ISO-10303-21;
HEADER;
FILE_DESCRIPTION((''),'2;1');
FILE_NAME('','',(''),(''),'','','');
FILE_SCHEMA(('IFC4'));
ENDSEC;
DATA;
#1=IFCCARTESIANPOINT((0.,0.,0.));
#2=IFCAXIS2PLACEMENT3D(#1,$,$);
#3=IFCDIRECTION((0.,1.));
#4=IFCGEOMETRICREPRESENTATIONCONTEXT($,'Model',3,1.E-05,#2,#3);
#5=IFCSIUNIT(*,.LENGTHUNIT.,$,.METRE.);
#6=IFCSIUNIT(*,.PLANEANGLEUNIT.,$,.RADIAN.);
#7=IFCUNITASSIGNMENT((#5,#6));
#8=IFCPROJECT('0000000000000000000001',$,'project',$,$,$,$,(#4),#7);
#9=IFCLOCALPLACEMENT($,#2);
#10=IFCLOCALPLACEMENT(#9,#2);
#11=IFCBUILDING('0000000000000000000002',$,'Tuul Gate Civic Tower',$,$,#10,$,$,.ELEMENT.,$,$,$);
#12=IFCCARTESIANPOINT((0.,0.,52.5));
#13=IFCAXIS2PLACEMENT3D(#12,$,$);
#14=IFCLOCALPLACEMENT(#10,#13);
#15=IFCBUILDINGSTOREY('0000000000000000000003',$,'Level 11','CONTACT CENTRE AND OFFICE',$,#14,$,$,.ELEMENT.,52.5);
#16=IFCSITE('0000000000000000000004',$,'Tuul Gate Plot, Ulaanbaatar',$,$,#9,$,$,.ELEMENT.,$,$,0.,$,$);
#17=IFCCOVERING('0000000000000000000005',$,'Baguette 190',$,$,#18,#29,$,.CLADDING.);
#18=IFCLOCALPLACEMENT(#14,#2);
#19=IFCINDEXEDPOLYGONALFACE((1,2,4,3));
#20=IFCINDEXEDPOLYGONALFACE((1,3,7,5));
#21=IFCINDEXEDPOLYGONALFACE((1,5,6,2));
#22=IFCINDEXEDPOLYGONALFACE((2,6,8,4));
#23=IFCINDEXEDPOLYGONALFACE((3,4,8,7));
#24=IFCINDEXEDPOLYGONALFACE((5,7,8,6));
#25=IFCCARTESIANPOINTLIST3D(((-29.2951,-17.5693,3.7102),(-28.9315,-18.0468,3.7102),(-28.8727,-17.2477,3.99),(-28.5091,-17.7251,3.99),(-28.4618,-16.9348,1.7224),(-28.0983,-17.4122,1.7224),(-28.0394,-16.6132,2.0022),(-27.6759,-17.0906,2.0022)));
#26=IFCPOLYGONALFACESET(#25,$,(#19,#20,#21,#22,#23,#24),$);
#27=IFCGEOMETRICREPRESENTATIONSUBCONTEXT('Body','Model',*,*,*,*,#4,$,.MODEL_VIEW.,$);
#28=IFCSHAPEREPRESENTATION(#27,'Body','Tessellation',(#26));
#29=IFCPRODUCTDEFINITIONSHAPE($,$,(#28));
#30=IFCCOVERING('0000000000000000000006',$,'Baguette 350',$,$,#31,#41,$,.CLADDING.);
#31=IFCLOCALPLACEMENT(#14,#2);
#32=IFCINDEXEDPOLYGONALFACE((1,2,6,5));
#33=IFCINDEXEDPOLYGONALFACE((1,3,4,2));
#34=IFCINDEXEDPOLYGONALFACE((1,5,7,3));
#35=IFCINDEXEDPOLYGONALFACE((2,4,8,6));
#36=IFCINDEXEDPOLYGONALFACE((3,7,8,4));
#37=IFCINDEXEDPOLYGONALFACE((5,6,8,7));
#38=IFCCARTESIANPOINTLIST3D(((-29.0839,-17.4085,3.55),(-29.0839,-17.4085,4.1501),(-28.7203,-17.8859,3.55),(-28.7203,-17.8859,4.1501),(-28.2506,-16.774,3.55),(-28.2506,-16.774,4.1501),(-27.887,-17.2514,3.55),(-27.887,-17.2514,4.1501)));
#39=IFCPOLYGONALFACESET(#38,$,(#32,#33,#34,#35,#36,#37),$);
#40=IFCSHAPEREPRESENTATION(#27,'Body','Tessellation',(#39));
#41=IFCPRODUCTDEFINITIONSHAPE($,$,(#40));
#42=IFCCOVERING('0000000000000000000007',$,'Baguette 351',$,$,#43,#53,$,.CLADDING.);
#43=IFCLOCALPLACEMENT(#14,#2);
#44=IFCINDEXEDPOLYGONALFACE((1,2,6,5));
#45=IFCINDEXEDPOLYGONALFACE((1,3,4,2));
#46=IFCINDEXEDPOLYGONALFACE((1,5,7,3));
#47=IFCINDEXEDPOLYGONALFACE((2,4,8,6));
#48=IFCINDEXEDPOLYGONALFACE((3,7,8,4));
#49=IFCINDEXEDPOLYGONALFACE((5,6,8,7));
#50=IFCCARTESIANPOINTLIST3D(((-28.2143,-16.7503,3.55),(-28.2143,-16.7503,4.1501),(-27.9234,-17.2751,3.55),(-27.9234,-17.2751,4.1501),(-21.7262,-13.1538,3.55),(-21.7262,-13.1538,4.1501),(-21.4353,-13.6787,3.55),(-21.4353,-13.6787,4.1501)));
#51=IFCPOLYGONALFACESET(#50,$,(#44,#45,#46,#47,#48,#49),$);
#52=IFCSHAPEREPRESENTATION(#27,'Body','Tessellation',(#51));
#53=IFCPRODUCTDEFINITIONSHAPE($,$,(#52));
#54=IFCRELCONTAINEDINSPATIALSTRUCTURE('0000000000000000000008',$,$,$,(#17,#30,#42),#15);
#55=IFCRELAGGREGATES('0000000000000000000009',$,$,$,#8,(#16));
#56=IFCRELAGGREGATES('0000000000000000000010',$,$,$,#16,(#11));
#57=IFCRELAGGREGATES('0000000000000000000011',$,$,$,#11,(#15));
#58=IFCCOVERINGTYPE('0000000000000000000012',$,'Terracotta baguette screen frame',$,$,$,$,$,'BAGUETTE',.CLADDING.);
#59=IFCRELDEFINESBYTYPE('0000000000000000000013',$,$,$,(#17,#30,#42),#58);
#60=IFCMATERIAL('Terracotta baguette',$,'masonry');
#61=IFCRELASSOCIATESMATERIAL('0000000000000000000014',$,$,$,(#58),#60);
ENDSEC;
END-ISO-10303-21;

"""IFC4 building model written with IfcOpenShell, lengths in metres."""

from ifc_helpers import new_model, si_unit, direction, frame, origin, origin_2d, place, context, subcontext, project, spatial, rectangle, extrude, material, material_profile, profile_set, type_object, element, save


model = new_model("IFC4")

# Units and contexts
model_context = context("Model", 3, precision=1e-05, world=origin(), true_north=direction((0.0, 1.0)))
body_context = subcontext(model_context, "Body", "Model", "MODEL_VIEW")
ifc_project = project(units=[si_unit("LENGTHUNIT", "METRE"), si_unit("PLANEANGLEUNIT", "RADIAN")], contexts=[model_context])

# Site, building, storey
site_placement = place(None, origin())
site = spatial("IfcSite", under=ifc_project, at=site_placement, Name="Tuul Gate Plot, Ulaanbaatar", CompositionType="ELEMENT", RefElevation=0.0)
building_placement = place(site_placement, origin())
building = spatial("IfcBuilding", under=site, at=building_placement, Name="Tuul Gate Civic Tower", CompositionType="ELEMENT")
storey_placement = place(building_placement, frame((0.0, 0.0, 52.5)))
storey = spatial("IfcBuildingStorey", under=building, at=storey_placement, Name="Level 11", Description="CONTACT CENTRE AND OFFICE", CompositionType="ELEMENT", Elevation=52.5)

# Coverings
ifc_material_1 = material(Name="Terracotta baguette", Category="masonry")
ifc_material_profile_1 = material_profile(ifc_material_1, rectangle(XDim=0.6001, YDim=0.6001, at=origin_2d()), Name="Terracotta baguette screen frame")
ifc_profile_set_1 = profile_set([ifc_material_profile_1], Name="Terracotta baguette")
covering_type = type_object("IfcCoveringType", Name="Terracotta baguette screen frame", ElementType="BAGUETTE", PredefinedType="CLADDING", material=ifc_profile_set_1)
covering_1_placement = place(storey_placement, frame((-28.9021, -17.6472, 3.8501), z_axis=(0.370857, 0.282407, -0.88471), x_axis=(-0.60584, 0.795587, 0.0)))
element("IfcCovering", 1, at=covering_1_placement, inside=storey, type_object=covering_type, Name="Baguette 190", PredefinedType="CLADDING", context=body_context, shape_type="SweptSolid", body=[
    extrude(rectangle(XDim=0.6001, YDim=0.6001, at=origin_2d()), origin(), (0.0, 0.0, 1.0), 2.2468),
])
covering_2_placement = place(storey_placement, frame((-28.9021, -17.6472, 3.8501), z_axis=(0.795587, 0.60584, 0.0), x_axis=(-0.60584, 0.795587, 0.0)))
element("IfcCovering", 2, at=covering_2_placement, inside=storey, type_object=covering_type, Name="Baguette 350", PredefinedType="CLADDING", context=body_context, shape_type="SweptSolid", body=[
    extrude(rectangle(XDim=0.6001, YDim=0.6001, at=origin_2d()), origin(), (0.0, 0.0, 1.0), 1.0474),
])
covering_3_placement = place(storey_placement, frame((-28.0688, -17.0127, 3.8501), z_axis=(0.874616, 0.484816, 0.0), x_axis=(-0.484816, 0.874616, 0.0)))
element("IfcCovering", 3, at=covering_3_placement, inside=storey, type_object=covering_type, Name="Baguette 351", PredefinedType="CLADDING", context=body_context, shape_type="SweptSolid", body=[
    extrude(rectangle(XDim=0.6001, YDim=0.6001, at=origin_2d()), origin(), (0.0, 0.0, 1.0), 7.4182),
])

save(model, "model.ifc")
